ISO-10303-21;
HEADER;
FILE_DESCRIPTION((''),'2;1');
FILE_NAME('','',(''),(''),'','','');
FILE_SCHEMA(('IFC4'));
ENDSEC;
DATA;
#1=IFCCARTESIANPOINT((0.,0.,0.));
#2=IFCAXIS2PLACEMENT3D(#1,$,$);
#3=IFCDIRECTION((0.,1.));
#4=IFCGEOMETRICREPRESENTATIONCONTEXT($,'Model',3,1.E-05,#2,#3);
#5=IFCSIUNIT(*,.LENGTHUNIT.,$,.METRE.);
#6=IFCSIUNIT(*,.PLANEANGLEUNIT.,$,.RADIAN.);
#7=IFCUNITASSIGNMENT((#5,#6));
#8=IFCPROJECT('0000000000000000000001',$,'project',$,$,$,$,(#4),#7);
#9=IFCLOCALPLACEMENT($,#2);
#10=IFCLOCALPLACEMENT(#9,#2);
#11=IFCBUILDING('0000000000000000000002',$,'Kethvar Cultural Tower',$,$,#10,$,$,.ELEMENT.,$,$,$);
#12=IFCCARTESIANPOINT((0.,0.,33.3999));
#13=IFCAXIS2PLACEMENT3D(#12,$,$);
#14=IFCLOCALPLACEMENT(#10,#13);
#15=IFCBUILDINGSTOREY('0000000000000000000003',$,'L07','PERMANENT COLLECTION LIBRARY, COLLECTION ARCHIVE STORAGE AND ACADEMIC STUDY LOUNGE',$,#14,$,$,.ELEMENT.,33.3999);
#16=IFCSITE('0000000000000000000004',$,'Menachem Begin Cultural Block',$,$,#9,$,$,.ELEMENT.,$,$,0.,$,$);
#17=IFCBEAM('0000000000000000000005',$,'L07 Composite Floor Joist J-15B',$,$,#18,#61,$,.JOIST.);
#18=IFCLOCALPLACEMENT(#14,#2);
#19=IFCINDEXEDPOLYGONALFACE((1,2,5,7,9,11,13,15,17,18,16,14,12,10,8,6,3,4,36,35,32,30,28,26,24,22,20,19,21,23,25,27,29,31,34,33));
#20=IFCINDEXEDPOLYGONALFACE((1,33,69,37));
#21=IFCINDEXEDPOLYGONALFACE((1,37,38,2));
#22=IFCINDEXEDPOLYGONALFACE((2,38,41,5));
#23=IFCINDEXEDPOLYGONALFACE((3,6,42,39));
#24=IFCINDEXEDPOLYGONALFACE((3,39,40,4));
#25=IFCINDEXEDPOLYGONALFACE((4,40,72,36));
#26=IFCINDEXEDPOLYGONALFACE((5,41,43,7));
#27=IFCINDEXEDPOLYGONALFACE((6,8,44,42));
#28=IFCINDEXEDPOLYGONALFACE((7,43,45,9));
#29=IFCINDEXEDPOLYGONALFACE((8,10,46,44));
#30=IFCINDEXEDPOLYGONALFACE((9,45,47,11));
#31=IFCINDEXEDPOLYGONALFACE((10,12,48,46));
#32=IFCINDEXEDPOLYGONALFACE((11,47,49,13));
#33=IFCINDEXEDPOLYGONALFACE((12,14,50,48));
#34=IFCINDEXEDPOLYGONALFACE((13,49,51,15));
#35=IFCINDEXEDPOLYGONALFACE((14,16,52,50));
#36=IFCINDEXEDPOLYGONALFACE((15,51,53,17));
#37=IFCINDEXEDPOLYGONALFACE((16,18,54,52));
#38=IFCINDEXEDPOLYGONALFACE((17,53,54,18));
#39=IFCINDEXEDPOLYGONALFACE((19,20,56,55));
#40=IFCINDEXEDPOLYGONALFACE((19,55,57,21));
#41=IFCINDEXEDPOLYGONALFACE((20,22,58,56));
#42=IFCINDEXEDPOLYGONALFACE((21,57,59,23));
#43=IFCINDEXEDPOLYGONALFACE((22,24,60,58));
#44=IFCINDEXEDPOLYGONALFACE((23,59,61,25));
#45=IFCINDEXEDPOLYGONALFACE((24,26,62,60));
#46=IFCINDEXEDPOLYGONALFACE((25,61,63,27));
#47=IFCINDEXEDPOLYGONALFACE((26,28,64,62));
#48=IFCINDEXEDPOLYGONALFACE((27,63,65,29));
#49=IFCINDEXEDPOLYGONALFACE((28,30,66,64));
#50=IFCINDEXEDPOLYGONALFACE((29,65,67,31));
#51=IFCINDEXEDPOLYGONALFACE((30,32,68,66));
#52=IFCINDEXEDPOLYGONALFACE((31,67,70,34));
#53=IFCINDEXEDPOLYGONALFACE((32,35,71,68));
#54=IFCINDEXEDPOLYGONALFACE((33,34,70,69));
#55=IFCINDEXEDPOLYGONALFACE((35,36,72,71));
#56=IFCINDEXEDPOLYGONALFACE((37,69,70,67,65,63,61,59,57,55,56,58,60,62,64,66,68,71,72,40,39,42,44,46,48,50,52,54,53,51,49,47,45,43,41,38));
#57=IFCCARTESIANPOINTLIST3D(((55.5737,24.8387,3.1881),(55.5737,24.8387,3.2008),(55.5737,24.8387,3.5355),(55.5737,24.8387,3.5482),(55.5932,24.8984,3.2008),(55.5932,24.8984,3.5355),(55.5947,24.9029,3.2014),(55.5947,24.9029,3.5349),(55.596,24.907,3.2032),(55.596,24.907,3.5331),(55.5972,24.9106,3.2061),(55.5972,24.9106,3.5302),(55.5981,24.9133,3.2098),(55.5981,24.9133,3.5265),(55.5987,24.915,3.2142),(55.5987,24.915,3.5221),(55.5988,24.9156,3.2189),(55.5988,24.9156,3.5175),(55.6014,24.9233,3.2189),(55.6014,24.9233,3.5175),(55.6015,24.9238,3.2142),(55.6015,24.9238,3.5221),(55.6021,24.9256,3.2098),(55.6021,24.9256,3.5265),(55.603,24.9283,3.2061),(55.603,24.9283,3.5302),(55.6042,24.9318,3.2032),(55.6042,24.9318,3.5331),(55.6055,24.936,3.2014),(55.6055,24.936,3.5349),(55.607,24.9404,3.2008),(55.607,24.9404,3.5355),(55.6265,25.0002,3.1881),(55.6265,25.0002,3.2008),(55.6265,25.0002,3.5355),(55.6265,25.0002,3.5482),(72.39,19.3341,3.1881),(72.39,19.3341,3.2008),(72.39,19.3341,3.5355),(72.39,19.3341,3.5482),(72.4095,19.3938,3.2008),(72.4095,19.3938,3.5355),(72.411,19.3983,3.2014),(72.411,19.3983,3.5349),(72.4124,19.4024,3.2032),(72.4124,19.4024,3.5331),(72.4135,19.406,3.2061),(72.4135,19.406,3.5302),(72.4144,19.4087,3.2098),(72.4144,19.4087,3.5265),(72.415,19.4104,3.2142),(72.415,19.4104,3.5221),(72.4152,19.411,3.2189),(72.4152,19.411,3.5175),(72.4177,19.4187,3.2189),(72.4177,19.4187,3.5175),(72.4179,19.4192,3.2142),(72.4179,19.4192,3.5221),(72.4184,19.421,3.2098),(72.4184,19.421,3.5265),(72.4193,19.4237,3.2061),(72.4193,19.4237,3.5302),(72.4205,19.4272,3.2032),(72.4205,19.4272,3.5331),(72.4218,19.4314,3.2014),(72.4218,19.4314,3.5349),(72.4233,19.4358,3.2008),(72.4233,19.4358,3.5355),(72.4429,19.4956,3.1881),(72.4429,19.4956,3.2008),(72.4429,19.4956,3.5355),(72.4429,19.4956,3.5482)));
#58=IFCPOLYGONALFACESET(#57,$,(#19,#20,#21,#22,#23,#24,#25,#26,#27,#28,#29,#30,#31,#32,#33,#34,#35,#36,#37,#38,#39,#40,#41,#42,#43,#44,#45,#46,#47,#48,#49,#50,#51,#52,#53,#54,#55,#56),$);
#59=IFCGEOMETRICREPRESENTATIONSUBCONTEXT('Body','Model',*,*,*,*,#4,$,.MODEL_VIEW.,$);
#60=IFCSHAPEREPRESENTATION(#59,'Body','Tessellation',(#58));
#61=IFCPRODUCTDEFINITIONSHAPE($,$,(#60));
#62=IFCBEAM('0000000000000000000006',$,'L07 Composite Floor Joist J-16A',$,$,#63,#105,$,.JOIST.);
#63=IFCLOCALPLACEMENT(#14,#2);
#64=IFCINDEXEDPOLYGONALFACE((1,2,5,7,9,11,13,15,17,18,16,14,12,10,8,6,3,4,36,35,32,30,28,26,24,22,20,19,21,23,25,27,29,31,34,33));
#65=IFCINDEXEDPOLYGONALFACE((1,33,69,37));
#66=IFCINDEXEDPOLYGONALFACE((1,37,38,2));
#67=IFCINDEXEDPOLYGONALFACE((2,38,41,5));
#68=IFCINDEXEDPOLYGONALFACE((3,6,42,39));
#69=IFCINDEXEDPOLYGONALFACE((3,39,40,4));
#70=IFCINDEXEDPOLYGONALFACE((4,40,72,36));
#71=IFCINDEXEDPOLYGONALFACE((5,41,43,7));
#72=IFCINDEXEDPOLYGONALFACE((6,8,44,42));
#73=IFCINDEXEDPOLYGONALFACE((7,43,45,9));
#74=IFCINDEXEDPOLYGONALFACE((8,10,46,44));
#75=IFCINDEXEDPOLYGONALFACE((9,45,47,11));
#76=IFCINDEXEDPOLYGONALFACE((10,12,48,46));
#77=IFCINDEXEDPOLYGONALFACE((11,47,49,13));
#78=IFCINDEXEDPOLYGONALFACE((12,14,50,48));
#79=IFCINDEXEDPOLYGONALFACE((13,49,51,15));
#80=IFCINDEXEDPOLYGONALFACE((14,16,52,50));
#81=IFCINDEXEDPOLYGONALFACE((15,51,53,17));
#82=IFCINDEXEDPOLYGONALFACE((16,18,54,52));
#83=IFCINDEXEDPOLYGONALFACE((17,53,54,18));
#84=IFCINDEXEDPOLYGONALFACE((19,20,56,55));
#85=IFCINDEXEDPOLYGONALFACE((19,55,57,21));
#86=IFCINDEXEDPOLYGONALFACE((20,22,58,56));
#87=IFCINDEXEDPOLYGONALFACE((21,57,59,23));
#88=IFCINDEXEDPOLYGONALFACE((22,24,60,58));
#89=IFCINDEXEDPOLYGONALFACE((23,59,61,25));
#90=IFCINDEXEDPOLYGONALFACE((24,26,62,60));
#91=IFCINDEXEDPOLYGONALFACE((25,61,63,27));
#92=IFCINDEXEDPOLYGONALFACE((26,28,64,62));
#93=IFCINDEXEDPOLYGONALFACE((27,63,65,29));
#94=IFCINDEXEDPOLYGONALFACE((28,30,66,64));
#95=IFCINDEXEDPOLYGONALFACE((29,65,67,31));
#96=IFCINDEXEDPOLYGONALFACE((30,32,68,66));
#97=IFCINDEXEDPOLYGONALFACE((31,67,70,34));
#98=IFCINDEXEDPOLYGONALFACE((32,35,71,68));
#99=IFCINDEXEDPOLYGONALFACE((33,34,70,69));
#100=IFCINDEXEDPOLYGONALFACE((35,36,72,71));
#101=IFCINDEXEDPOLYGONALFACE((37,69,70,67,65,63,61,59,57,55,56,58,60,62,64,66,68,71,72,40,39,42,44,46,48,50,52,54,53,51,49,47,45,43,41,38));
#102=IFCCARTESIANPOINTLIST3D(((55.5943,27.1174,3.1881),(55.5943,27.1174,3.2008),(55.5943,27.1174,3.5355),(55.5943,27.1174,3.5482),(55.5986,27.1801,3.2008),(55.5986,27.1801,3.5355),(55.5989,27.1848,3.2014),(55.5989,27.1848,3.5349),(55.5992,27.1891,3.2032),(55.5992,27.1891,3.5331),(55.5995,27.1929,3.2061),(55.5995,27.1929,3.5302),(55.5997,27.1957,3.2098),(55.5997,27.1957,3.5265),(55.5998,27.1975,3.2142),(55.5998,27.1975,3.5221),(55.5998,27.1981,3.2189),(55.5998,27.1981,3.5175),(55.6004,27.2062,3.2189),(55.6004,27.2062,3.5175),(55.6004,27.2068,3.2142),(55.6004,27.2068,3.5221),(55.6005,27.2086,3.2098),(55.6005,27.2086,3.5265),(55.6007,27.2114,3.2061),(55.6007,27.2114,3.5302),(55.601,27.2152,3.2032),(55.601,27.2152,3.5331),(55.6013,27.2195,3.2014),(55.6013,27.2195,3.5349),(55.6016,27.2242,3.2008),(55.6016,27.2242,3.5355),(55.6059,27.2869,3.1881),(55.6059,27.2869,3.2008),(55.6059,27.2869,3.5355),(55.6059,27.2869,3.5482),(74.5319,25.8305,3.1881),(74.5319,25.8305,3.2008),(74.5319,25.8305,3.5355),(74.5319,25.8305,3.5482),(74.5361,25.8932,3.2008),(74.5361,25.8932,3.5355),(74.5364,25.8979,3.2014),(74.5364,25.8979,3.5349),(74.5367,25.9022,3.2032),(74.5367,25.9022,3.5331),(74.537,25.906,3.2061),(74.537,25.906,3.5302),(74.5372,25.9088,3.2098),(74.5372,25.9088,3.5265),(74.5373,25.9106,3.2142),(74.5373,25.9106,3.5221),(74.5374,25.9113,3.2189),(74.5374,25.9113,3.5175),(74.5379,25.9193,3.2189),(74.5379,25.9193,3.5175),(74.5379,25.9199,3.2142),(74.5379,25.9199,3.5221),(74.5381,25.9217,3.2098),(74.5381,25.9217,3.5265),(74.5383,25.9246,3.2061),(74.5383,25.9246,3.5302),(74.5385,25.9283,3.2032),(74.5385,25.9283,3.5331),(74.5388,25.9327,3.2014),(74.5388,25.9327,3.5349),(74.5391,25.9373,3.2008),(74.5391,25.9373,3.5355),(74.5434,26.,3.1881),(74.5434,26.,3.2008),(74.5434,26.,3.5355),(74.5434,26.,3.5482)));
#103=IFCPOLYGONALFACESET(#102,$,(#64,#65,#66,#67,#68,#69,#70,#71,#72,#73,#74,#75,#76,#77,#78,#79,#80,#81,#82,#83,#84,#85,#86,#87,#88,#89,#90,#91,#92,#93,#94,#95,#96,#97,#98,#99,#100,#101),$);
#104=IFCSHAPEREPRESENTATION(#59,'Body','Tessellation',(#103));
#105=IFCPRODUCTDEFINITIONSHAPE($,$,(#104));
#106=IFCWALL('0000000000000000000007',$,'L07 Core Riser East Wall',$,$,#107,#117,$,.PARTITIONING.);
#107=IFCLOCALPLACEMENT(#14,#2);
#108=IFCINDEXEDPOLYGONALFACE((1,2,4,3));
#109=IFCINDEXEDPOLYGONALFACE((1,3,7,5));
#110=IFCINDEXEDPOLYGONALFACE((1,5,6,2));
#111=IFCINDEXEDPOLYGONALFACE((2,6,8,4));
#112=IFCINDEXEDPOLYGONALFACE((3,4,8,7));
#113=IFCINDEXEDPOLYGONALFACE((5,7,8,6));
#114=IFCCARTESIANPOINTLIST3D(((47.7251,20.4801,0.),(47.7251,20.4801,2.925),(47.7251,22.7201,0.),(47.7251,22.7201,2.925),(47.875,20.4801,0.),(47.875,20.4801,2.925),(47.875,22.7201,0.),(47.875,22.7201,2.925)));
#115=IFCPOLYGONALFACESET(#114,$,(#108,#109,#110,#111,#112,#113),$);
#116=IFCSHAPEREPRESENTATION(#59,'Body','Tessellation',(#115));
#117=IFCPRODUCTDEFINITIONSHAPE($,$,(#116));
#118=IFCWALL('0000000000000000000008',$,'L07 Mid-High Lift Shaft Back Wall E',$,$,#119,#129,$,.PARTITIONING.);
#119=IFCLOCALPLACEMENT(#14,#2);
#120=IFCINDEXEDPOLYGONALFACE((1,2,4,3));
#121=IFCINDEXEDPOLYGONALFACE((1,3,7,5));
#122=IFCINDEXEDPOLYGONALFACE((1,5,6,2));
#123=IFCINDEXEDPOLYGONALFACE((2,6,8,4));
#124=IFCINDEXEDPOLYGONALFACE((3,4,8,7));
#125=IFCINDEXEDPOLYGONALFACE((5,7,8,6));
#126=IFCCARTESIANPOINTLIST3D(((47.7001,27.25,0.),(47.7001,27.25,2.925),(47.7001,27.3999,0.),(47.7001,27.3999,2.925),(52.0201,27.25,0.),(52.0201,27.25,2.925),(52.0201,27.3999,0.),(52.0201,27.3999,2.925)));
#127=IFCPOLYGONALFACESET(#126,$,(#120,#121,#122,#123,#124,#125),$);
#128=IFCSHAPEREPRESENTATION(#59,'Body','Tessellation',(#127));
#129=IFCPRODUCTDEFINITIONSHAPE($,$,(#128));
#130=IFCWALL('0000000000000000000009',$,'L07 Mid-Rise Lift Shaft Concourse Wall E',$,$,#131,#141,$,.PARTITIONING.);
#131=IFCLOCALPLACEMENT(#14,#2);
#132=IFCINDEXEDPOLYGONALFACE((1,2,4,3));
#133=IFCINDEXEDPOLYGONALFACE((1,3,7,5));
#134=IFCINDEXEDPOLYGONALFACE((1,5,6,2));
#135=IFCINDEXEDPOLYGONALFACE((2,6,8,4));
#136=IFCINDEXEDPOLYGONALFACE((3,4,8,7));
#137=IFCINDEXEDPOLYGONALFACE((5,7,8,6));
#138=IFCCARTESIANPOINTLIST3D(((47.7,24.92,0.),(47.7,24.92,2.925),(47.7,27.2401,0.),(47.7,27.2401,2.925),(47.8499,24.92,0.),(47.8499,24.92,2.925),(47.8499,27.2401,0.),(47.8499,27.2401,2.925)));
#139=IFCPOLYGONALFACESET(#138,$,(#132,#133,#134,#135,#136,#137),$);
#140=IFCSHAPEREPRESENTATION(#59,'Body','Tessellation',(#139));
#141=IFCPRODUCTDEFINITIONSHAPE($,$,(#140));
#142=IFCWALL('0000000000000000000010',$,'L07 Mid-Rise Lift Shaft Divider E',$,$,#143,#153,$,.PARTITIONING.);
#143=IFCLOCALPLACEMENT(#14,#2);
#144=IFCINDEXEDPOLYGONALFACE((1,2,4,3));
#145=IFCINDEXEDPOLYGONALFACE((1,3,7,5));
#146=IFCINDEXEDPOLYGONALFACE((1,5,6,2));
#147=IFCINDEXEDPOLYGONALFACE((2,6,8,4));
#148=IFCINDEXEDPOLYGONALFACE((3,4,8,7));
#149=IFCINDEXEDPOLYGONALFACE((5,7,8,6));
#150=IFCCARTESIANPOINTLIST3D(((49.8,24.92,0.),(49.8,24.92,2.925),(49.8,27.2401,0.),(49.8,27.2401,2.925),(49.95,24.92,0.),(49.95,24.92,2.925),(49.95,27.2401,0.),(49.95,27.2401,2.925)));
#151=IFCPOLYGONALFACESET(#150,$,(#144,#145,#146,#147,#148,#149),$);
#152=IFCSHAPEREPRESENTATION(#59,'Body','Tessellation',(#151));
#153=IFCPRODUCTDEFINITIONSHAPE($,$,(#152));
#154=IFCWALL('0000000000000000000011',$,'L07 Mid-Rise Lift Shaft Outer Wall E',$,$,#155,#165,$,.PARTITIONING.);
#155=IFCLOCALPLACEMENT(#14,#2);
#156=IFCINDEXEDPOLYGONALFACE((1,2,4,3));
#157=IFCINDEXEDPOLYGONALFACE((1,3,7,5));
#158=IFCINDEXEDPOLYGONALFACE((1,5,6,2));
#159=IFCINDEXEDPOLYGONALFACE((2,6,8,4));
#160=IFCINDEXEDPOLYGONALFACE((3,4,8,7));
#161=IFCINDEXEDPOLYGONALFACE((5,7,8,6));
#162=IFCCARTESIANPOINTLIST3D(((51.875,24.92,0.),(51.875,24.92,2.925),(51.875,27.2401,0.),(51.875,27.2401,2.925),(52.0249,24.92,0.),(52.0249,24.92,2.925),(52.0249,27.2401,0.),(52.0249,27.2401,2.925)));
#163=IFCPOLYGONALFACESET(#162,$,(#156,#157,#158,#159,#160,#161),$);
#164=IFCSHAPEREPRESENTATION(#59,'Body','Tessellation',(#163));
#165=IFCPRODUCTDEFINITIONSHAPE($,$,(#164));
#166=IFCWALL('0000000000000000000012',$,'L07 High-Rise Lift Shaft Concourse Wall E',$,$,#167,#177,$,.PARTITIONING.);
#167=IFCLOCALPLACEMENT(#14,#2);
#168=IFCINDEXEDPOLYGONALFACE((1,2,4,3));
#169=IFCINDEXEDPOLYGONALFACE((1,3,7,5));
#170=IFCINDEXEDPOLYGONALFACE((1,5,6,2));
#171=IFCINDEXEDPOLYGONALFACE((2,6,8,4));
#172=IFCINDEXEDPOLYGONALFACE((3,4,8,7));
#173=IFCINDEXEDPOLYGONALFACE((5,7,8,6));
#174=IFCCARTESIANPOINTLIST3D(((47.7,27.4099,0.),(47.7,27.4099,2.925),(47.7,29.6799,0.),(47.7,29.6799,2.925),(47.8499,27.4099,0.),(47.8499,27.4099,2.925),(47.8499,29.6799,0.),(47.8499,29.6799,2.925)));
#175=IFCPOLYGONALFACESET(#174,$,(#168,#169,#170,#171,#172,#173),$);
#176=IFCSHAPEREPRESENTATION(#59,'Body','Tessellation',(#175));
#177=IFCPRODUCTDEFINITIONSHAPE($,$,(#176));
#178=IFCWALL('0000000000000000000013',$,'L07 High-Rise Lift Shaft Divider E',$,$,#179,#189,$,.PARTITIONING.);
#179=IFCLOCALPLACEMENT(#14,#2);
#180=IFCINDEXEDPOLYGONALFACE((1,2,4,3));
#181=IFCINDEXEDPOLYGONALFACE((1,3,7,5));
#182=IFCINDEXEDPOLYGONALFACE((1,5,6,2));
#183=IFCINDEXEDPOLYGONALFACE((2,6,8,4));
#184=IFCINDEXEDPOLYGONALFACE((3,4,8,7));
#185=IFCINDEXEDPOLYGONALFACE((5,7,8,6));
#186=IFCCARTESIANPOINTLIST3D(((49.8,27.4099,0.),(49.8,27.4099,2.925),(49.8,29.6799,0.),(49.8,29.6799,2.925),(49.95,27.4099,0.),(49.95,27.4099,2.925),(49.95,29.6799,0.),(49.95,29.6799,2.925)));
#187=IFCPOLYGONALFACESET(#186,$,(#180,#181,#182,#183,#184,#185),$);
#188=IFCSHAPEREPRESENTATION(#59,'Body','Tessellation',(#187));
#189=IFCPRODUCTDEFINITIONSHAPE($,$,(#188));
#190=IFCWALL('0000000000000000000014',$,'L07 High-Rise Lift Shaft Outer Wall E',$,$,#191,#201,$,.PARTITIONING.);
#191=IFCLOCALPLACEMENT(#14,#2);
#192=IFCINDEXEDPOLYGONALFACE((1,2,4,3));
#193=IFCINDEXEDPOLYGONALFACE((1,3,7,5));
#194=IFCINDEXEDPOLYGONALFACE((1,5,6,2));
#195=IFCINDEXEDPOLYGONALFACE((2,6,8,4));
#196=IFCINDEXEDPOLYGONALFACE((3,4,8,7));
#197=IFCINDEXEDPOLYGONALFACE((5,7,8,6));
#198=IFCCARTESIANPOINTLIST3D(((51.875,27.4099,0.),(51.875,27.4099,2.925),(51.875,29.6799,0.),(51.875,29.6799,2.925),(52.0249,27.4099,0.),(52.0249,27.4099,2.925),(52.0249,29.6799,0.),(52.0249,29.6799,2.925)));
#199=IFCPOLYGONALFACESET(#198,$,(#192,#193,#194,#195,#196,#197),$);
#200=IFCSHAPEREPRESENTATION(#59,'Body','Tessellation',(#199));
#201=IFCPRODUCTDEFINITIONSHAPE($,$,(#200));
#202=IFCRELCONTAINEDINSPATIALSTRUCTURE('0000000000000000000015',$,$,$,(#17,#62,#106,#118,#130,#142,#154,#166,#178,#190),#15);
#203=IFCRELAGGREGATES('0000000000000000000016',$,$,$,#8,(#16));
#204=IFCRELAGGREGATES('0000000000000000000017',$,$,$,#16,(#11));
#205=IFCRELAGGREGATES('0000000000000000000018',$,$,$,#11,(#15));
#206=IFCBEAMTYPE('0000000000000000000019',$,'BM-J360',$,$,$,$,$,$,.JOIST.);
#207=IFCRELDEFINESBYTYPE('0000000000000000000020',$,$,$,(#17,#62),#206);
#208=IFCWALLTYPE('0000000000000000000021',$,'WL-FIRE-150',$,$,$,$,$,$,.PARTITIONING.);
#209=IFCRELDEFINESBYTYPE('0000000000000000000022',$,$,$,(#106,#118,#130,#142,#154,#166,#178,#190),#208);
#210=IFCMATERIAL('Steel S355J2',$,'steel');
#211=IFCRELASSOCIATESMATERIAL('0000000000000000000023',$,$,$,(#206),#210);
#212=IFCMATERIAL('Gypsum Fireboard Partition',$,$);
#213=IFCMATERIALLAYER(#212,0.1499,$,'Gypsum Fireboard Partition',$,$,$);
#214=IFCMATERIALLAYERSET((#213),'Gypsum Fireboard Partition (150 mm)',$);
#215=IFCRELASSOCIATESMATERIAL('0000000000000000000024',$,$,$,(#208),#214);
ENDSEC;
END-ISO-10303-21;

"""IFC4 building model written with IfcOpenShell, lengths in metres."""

from ifc_helpers import new_model, si_unit, direction, frame, frame_2d, origin, origin_2d, place, context, subcontext, project, spatial, rectangle, i_section, extrude, source, transform, mapped, material, layer, layer_set, material_profile, profile_set, type_object, element, save


model = new_model("IFC4")

# Units and contexts
model_context = context("Model", 3, precision=1e-05, world=origin(), true_north=direction((0.0, 1.0)))
body_context = subcontext(model_context, "Body", "Model", "MODEL_VIEW")
ifc_project = project(units=[si_unit("LENGTHUNIT", "METRE"), si_unit("PLANEANGLEUNIT", "RADIAN")], contexts=[model_context])

# Site, building, storey
site_placement = place(None, origin())
site = spatial("IfcSite", under=ifc_project, at=site_placement, Name="Menachem Begin Cultural Block", CompositionType="ELEMENT", RefElevation=0.0)
building_placement = place(site_placement, origin())
building = spatial("IfcBuilding", under=site, at=building_placement, Name="Kethvar Cultural Tower", CompositionType="ELEMENT")
storey_placement = place(building_placement, frame((0.0, 0.0, 33.3999)))
storey = spatial("IfcBuildingStorey", under=building, at=storey_placement, Name="L07", Description="PERMANENT COLLECTION LIBRARY, COLLECTION ARCHIVE STORAGE AND ACADEMIC STUDY LOUNGE", CompositionType="ELEMENT", Elevation=33.3999)

# Beams
ifc_material_1 = material(Name="Steel S355J2", Category="steel")
ifc_material_profile_1 = material_profile(ifc_material_1, i_section(OverallWidth=0.1699, OverallDepth=0.3601, WebThickness=0.0081, FlangeThickness=0.0127, FilletRadius=0.0181, at=origin_2d()), Name="Steel S355J2 — IPE360")
ifc_profile_set_1 = profile_set([ifc_material_profile_1], Name="Steel S355J2 — IPE360")
beam_type_1 = type_object("IfcBeamType", Name="BM-J360", PredefinedType="JOIST", material=ifc_profile_set_1)
shared_shape_1 = source(origin(), body_context, "Body", "SweptSolid", [
    extrude(i_section(OverallWidth=0.1699, OverallDepth=0.3601, WebThickness=0.0081, FlangeThickness=0.0127, FilletRadius=0.0181, at=origin_2d()), origin(), (0.0, 0.0, 1.0), 17.6943),
])
beam_1_placement = place(storey_placement, frame((55.6001, 24.9194, 3.3682), z_axis=(0.950379, -0.311095, 0.0), x_axis=(0.311095, 0.950379, 0.0)))
element("IfcBeam", 1, at=beam_1_placement, inside=storey, type_object=beam_type_1, Name="L07 Composite Floor Joist J-15B", PredefinedType="JOIST", context=body_context, shape_type="MappedRepresentation", body=[
    mapped(shared_shape_1, transform((0.0, 0.0, 0.0), scale=1.0)),
])
shared_shape_2 = source(origin(), body_context, "Body", "SweptSolid", [
    extrude(i_section(OverallWidth=0.1699, OverallDepth=0.3601, WebThickness=0.0081, FlangeThickness=0.0127, FilletRadius=0.0181, at=origin_2d()), origin(), (0.0, 0.0, 1.0), 18.9812),
])
beam_2_placement = place(storey_placement, frame((55.6001, 27.2021, 3.3682), z_axis=(0.997699, -0.067797, 0.0), x_axis=(0.067797, 0.997699, 0.0)))
element("IfcBeam", 2, at=beam_2_placement, inside=storey, type_object=beam_type_1, Name="L07 Composite Floor Joist J-16A", PredefinedType="JOIST", context=body_context, shape_type="MappedRepresentation", body=[
    mapped(shared_shape_2, transform((0.0, 0.0, 0.0), scale=1.0)),
])

# Walls
ifc_material_2 = material(Name="Gypsum Fireboard Partition")
ifc_layer_1 = layer(ifc_material_2, 0.1499, Name="Gypsum Fireboard Partition")
ifc_layer_set_1 = layer_set([ifc_layer_1], Name="Gypsum Fireboard Partition (150 mm)")
wall_type_1 = type_object("IfcWallType", Name="WL-FIRE-150", PredefinedType="PARTITIONING", material=ifc_layer_set_1)
wall_1_placement = place(storey_placement, frame((47.8, 20.48, 0.0), z_axis=(0.0, 0.0, 1.0), x_axis=(0.0, 1.0, 0.0)))
element("IfcWall", 3, at=wall_1_placement, inside=storey, type_object=wall_type_1, Name="L07 Core Riser East Wall", PredefinedType="PARTITIONING", context=body_context, shape_type="SweptSolid", body=[
    extrude(rectangle(XDim=2.24, YDim=0.1499, at=frame_2d((1.1201, 0.0))), origin(), (0.0, 0.0, 1.0), 2.925),
])
wall_2_placement = place(storey_placement, frame((47.7, 27.325, 0.0), z_axis=(0.0, 0.0, 1.0), x_axis=(1.0, 0.0, 0.0)))
element("IfcWall", 4, at=wall_2_placement, inside=storey, type_object=wall_type_1, Name="L07 Mid-High Lift Shaft Back Wall E", PredefinedType="PARTITIONING", context=body_context, shape_type="SweptSolid", body=[
    extrude(rectangle(XDim=4.3201, YDim=0.1499, at=frame_2d((2.1602, 0.0))), origin(), (0.0, 0.0, 1.0), 2.925),
])
for number, where, z_axis, x_axis, name in (
    (5, (47.7749, 24.9199, 0.0), (0.0, 0.0, 1.0), (0.0, 1.0, 0.0), "L07 Mid-Rise Lift Shaft Concourse Wall E"),
    (6, (49.875, 24.9199, 0.0), (0.0, 0.0, 1.0), (0.0, 1.0, 0.0), "L07 Mid-Rise Lift Shaft Divider E"),
    (7, (51.95, 24.9199, 0.0), (0.0, 0.0, 1.0), (0.0, 1.0, 0.0), "L07 Mid-Rise Lift Shaft Outer Wall E"),
):
    element("IfcWall", number, at=place(storey_placement, frame(where, z_axis=z_axis, x_axis=x_axis)), inside=storey, type_object=wall_type_1, Name=name, PredefinedType="PARTITIONING", context=body_context, shape_type="SweptSolid", body=[
        extrude(rectangle(XDim=2.3201, YDim=0.1499, at=frame_2d((1.1602, 0.0))), origin(), (0.0, 0.0, 1.0), 2.925),
    ])
for number, where, z_axis, x_axis, name in (
    (8, (47.7749, 27.4099, 0.0), (0.0, 0.0, 1.0), (0.0, 1.0, 0.0), "L07 High-Rise Lift Shaft Concourse Wall E"),
    (9, (49.875, 27.4099, 0.0), (0.0, 0.0, 1.0), (0.0, 1.0, 0.0), "L07 High-Rise Lift Shaft Divider E"),
    (10, (51.95, 27.4099, 0.0), (0.0, 0.0, 1.0), (0.0, 1.0, 0.0), "L07 High-Rise Lift Shaft Outer Wall E"),
):
    element("IfcWall", number, at=place(storey_placement, frame(where, z_axis=z_axis, x_axis=x_axis)), inside=storey, type_object=wall_type_1, Name=name, PredefinedType="PARTITIONING", context=body_context, shape_type="SweptSolid", body=[
        extrude(rectangle(XDim=2.27, YDim=0.1499, at=frame_2d((1.135, 0.0))), origin(), (0.0, 0.0, 1.0), 2.925),
    ])

save(model, "model.ifc")
